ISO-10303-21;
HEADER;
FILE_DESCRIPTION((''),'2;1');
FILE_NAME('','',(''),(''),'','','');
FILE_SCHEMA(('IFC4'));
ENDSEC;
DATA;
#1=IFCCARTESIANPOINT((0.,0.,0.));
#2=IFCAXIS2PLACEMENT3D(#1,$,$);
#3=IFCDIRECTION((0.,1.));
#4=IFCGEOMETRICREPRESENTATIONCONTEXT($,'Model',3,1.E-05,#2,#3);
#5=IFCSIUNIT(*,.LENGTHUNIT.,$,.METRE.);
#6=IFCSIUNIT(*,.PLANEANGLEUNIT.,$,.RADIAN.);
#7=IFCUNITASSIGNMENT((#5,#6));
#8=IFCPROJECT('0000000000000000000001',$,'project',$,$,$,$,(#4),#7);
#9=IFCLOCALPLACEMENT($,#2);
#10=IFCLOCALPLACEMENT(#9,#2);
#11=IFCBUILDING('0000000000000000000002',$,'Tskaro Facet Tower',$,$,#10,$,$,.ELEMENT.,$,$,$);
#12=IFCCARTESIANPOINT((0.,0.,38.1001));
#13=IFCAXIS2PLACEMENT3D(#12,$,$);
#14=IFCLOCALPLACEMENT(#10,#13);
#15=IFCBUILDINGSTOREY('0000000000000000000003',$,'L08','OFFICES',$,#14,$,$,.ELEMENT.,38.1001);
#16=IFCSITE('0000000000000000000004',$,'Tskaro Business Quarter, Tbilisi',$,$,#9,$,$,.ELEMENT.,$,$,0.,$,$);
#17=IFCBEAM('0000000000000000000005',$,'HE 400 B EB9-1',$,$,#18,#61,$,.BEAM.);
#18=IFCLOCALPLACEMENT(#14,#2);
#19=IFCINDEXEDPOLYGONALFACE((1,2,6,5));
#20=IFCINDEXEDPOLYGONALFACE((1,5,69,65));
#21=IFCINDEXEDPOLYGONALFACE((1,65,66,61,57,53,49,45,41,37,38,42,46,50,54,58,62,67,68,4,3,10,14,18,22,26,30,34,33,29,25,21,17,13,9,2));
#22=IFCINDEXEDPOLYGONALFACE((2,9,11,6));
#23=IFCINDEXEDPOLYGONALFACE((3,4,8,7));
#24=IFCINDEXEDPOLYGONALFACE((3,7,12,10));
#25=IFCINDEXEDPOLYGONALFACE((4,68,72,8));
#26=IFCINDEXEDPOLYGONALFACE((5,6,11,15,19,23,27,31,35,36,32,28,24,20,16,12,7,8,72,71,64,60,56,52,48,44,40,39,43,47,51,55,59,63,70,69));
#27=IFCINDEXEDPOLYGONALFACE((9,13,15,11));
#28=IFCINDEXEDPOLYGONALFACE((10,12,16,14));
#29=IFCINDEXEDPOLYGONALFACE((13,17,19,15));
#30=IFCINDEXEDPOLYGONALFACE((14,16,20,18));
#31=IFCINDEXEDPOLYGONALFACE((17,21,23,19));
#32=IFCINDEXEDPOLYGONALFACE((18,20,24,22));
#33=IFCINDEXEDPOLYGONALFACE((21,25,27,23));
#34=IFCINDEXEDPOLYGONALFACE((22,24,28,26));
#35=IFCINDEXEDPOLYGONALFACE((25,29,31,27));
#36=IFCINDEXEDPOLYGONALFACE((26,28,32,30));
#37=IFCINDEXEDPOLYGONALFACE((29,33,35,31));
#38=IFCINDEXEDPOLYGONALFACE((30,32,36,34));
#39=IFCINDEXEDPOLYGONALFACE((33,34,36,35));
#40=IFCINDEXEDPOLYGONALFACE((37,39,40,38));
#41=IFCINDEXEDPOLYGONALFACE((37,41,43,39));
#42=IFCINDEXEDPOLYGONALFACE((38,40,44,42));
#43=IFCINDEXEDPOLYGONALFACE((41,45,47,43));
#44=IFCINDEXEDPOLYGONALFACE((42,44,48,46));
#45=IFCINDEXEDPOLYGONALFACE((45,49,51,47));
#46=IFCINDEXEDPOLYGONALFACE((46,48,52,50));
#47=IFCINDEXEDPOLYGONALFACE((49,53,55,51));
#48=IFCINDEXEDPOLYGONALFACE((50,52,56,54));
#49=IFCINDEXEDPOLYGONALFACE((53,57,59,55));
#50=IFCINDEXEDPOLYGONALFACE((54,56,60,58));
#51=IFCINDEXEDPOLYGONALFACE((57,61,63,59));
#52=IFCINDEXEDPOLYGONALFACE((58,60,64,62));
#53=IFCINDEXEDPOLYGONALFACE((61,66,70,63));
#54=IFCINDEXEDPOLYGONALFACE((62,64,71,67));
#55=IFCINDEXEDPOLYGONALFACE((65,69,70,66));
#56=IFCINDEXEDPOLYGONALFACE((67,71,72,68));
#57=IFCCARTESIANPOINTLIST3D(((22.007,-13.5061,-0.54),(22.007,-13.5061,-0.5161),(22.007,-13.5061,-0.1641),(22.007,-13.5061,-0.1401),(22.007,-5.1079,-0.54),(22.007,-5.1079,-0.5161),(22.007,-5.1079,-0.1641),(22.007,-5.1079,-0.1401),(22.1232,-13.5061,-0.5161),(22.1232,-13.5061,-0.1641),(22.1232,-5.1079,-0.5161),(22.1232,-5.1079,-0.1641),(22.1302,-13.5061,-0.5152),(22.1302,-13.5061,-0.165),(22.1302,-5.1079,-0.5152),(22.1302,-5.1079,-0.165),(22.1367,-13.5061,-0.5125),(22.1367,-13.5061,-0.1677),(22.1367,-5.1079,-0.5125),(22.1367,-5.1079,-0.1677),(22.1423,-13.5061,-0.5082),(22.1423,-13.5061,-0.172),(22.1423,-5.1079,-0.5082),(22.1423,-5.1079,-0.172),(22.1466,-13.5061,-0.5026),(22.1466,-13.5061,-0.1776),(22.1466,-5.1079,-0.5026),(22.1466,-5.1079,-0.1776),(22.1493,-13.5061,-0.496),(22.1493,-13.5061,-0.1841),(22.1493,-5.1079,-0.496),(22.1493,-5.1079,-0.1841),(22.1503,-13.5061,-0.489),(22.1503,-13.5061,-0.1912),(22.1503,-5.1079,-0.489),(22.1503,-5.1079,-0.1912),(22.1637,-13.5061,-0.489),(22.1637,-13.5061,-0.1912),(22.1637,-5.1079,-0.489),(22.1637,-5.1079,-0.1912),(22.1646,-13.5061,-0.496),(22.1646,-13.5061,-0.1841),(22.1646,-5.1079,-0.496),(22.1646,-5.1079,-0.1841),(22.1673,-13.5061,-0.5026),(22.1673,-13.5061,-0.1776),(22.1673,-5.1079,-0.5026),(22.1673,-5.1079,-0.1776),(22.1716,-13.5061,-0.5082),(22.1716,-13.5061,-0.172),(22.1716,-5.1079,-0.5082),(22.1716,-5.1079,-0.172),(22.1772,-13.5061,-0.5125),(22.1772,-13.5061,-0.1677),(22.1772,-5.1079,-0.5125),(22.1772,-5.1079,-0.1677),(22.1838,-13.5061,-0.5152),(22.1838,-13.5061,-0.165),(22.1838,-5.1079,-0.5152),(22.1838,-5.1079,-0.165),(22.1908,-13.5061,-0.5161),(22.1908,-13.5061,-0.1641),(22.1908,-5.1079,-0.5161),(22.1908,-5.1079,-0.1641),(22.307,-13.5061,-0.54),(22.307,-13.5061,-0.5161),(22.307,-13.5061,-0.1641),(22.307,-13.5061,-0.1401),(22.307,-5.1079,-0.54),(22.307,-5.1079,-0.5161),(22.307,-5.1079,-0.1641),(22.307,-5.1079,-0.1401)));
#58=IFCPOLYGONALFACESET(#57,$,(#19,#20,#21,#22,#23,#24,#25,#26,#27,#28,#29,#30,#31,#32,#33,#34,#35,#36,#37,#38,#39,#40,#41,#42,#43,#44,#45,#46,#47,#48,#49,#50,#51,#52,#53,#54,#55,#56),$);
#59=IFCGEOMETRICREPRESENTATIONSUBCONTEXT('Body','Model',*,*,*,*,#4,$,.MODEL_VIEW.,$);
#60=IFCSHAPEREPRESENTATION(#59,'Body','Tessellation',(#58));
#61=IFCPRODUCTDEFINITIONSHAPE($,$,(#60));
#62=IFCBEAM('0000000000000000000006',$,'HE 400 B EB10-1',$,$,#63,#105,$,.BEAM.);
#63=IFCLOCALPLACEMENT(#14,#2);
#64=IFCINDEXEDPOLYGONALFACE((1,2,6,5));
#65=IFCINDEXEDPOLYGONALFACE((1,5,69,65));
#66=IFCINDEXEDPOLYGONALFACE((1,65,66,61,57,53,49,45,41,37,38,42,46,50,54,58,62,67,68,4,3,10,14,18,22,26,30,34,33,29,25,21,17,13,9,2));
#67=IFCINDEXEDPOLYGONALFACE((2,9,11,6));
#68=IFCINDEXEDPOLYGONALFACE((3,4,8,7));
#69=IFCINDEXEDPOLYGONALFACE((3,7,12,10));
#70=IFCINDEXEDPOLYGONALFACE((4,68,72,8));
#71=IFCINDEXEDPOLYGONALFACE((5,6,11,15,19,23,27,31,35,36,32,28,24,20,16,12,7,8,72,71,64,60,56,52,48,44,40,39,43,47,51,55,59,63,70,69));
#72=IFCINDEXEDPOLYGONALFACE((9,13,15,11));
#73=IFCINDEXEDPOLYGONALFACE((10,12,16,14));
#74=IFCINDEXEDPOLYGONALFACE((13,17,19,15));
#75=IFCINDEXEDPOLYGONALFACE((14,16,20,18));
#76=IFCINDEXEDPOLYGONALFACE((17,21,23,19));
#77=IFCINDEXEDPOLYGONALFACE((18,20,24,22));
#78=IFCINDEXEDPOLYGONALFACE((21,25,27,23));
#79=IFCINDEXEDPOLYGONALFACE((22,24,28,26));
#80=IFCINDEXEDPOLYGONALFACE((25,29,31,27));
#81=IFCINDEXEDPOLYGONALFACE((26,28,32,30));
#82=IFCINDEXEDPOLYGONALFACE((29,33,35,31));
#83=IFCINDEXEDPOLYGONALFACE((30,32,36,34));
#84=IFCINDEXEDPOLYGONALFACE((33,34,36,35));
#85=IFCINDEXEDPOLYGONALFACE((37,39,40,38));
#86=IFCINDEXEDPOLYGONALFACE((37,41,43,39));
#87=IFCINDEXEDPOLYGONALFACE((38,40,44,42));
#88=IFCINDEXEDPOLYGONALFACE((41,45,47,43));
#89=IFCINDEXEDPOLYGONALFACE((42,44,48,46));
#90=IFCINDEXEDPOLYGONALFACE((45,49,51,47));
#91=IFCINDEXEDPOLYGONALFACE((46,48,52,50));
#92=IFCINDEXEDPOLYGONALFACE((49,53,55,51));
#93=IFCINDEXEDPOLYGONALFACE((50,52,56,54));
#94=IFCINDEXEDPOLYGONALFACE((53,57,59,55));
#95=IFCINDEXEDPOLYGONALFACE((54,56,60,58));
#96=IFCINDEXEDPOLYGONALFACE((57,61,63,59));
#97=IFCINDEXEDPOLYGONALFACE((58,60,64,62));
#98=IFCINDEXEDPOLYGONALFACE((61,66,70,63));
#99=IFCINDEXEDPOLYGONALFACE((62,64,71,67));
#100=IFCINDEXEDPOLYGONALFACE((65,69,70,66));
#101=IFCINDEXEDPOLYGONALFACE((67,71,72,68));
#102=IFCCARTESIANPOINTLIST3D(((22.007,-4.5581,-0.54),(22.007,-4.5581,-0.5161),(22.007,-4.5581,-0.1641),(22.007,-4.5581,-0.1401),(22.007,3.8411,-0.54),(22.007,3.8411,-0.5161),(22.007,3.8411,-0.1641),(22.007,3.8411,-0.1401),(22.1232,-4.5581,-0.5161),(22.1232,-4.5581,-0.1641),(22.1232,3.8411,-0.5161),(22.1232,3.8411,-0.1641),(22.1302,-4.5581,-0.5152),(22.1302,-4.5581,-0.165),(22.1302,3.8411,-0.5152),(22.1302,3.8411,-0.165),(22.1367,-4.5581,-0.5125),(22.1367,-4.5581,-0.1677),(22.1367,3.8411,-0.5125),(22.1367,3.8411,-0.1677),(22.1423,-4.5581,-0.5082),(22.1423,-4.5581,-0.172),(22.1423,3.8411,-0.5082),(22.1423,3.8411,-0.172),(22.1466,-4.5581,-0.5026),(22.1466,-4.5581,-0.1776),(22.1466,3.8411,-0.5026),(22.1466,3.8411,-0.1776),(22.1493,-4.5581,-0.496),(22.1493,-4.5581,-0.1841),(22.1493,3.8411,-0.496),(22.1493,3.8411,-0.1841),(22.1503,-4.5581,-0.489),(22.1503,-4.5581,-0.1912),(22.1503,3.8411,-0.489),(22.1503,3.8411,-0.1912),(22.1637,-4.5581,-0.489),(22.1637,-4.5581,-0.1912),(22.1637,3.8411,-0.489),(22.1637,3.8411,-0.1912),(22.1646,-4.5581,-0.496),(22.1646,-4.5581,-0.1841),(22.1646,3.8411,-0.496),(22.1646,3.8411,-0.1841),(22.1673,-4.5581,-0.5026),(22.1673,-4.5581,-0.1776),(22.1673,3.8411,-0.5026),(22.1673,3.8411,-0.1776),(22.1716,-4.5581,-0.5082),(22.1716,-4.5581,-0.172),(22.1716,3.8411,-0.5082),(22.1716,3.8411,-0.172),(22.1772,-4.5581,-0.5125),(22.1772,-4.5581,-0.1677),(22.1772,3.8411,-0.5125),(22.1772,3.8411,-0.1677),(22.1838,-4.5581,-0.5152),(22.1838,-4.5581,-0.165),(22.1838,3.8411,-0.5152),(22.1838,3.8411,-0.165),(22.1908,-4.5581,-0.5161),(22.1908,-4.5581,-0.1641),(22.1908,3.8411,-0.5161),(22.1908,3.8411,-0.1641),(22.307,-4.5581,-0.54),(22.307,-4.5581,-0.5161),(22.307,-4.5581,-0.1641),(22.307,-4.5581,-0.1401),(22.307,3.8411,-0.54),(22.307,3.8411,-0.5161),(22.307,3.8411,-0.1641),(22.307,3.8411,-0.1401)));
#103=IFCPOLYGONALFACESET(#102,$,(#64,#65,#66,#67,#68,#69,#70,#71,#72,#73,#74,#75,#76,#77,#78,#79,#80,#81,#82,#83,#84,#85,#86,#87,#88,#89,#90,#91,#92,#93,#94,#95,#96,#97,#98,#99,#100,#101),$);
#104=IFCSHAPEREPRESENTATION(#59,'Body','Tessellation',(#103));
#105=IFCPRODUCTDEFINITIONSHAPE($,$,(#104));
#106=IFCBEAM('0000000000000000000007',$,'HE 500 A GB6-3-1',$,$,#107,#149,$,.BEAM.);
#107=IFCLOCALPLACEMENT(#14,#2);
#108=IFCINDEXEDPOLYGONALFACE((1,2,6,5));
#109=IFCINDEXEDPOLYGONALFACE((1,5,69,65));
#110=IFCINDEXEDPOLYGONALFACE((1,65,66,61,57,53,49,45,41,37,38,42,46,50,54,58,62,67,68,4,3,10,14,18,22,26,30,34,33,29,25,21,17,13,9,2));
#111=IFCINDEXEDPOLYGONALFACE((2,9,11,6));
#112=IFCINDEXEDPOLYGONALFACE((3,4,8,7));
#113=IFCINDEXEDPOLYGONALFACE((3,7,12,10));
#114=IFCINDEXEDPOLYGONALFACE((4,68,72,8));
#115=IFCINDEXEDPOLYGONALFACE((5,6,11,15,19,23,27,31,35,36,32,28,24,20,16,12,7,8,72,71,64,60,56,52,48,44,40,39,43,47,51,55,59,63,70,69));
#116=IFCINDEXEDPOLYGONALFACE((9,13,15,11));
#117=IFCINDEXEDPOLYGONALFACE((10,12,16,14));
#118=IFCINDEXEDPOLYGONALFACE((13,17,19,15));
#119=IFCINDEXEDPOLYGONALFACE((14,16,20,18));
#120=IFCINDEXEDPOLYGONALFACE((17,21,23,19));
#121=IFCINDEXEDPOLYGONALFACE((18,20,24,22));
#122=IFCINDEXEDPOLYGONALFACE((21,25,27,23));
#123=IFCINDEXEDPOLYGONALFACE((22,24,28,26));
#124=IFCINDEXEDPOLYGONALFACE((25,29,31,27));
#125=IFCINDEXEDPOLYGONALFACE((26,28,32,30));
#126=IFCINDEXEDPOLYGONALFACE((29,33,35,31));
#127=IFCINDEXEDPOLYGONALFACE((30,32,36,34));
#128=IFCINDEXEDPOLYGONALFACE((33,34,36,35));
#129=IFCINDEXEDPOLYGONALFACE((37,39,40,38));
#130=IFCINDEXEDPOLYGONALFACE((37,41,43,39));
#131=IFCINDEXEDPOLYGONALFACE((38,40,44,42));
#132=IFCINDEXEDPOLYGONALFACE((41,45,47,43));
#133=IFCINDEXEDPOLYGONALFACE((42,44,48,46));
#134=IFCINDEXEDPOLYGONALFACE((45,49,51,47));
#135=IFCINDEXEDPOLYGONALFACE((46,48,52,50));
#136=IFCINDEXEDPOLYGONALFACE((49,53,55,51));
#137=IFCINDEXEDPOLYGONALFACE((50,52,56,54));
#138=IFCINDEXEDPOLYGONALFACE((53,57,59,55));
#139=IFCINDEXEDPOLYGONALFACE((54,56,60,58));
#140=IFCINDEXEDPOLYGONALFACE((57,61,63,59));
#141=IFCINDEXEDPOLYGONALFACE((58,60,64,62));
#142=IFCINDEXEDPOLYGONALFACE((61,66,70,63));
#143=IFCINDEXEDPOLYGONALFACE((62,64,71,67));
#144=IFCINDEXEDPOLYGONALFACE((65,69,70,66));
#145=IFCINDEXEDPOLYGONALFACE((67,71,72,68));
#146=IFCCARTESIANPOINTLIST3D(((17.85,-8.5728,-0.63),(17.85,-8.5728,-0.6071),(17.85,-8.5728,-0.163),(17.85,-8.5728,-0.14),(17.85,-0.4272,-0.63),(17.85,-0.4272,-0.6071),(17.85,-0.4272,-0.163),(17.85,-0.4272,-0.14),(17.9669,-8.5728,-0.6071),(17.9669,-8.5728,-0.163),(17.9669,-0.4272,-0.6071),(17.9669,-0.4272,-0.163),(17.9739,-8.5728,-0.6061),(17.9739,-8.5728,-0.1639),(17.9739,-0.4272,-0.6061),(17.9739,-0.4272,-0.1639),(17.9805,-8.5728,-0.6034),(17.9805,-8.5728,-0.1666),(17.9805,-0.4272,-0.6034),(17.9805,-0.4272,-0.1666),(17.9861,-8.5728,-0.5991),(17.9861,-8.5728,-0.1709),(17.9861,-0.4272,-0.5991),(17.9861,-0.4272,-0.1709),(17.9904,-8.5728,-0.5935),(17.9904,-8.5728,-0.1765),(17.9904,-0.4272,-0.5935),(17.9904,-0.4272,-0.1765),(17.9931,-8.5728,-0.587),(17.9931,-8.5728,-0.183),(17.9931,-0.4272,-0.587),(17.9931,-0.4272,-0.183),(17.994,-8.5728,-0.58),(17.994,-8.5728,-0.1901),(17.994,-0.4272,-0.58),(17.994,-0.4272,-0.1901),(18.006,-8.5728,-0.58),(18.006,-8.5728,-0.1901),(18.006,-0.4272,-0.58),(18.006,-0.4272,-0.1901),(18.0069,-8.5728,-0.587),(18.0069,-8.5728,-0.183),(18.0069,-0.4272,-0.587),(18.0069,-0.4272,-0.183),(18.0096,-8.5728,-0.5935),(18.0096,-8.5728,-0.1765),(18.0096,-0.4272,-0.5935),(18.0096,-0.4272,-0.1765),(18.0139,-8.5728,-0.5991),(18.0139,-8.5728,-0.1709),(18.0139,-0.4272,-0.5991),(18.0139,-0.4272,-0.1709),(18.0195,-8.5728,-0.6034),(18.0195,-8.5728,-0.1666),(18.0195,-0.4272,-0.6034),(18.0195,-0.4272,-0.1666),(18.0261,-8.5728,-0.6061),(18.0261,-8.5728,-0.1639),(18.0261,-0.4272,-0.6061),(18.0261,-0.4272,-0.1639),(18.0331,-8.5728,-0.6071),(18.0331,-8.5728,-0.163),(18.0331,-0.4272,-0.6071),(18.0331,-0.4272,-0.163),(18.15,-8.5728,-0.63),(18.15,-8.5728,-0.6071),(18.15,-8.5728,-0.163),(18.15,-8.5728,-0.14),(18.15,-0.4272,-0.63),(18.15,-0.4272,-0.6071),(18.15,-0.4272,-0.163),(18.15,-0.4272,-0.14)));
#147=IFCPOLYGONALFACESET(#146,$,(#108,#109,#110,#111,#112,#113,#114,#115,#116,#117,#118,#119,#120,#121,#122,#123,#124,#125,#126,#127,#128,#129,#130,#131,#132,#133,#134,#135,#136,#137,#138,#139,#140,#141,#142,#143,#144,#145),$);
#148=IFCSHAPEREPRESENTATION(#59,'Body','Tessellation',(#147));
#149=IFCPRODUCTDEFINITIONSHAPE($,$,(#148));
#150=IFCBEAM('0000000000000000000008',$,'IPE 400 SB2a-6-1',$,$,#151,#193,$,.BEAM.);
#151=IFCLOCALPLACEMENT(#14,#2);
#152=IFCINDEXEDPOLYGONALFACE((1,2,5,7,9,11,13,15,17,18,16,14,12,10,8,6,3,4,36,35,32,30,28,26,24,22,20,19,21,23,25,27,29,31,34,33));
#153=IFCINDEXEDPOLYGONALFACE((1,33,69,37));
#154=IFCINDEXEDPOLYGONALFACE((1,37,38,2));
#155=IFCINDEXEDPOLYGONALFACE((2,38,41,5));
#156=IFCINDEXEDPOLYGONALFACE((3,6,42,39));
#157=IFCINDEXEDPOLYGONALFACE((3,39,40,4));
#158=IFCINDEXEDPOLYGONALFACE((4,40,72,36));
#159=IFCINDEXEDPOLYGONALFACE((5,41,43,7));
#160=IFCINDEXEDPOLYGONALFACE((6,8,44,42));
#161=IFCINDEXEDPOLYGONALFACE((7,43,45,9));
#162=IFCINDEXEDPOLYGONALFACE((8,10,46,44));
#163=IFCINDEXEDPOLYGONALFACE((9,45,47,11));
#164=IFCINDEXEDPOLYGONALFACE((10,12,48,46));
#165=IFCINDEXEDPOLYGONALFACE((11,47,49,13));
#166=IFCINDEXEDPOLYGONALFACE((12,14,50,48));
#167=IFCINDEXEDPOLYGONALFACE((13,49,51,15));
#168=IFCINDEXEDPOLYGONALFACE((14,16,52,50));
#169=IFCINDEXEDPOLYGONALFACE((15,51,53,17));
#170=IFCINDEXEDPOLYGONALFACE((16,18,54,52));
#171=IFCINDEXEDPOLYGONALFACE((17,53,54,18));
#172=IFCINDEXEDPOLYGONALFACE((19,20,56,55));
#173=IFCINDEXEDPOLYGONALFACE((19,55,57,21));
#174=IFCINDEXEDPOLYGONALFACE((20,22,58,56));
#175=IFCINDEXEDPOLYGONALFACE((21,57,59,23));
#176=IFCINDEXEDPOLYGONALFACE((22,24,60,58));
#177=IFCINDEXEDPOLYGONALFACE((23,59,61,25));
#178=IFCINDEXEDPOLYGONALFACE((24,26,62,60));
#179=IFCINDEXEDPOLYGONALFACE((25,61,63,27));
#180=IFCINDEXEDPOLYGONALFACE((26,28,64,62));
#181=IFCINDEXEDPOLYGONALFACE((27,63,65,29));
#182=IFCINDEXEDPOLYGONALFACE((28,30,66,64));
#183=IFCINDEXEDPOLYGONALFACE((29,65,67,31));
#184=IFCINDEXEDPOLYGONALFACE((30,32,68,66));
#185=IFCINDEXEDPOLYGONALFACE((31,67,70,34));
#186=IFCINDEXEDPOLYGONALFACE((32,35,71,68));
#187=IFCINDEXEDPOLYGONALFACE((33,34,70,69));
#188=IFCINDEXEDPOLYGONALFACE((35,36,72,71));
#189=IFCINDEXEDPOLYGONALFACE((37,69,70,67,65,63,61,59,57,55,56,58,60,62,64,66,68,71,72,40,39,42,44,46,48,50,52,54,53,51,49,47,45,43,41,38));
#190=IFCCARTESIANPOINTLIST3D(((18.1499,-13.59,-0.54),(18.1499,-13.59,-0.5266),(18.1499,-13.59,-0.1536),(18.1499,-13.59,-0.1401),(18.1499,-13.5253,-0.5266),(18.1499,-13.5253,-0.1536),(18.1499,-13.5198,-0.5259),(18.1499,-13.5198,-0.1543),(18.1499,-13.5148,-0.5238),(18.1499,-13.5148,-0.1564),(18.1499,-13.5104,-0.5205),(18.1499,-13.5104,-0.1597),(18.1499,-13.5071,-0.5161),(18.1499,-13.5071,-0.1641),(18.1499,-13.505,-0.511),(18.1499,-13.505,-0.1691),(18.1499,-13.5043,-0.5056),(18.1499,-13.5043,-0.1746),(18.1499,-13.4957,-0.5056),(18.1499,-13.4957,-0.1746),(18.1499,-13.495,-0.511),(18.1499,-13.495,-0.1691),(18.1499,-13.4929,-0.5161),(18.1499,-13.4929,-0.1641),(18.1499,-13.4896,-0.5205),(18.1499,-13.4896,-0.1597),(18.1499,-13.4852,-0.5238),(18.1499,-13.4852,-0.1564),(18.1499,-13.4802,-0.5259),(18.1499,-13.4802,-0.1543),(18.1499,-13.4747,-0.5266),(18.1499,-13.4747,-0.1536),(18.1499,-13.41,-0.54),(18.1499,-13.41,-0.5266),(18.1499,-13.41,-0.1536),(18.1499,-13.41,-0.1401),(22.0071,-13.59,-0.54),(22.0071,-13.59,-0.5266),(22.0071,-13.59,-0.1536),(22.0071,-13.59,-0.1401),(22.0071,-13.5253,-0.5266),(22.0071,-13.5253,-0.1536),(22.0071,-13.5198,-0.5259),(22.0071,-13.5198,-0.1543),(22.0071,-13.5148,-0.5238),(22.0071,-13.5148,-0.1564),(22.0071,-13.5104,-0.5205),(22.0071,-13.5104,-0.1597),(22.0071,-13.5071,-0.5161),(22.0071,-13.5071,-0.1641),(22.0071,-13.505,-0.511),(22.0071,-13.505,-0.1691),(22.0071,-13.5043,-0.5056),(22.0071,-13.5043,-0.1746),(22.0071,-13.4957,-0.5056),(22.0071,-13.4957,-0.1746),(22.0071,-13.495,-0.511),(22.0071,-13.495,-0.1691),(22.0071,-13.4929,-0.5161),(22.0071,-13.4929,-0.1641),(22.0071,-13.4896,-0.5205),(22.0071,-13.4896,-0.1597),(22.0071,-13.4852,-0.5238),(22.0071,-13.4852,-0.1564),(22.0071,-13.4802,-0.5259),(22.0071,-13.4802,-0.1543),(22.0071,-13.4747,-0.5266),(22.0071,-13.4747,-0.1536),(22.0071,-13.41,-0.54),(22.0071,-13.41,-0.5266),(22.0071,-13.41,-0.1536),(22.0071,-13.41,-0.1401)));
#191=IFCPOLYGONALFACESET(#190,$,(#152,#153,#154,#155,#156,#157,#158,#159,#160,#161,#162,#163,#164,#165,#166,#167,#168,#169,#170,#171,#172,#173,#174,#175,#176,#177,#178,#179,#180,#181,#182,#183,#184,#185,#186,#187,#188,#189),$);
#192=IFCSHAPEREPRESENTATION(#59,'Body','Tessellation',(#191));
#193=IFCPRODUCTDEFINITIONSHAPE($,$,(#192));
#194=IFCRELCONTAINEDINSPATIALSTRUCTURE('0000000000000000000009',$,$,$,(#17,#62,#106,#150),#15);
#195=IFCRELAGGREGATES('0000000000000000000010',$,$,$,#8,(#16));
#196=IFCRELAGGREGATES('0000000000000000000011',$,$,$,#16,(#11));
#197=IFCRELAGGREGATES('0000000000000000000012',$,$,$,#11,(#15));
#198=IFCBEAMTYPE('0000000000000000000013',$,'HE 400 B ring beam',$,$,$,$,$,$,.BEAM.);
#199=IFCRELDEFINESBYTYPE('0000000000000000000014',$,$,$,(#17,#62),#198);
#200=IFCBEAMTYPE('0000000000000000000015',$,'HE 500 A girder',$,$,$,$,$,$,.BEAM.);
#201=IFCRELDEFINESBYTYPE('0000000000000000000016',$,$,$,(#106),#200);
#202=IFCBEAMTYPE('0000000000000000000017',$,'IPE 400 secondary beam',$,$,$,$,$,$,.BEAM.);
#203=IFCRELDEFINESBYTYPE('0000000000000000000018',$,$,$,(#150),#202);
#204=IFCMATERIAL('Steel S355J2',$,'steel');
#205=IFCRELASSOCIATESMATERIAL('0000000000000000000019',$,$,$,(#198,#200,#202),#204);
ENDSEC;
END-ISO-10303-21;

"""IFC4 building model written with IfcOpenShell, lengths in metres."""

from ifc_helpers import new_model, si_unit, direction, frame, origin, origin_2d, place, context, subcontext, project, spatial, i_section, extrude, material, material_profile, profile_set, type_object, element, save


model = new_model("IFC4")

# Units and contexts
model_context = context("Model", 3, precision=1e-05, world=origin(), true_north=direction((0.0, 1.0)))
body_context = subcontext(model_context, "Body", "Model", "MODEL_VIEW")
ifc_project = project(units=[si_unit("LENGTHUNIT", "METRE"), si_unit("PLANEANGLEUNIT", "RADIAN")], contexts=[model_context])

# Site, building, storey
site_placement = place(None, origin())
site = spatial("IfcSite", under=ifc_project, at=site_placement, Name="Tskaro Business Quarter, Tbilisi", CompositionType="ELEMENT", RefElevation=0.0)
building_placement = place(site_placement, origin())
building = spatial("IfcBuilding", under=site, at=building_placement, Name="Tskaro Facet Tower", CompositionType="ELEMENT")
storey_placement = place(building_placement, frame((0.0, 0.0, 38.1001)))
storey = spatial("IfcBuildingStorey", under=building, at=storey_placement, Name="L08", Description="OFFICES", CompositionType="ELEMENT", Elevation=38.1001)

# Beams
ifc_material_1 = material(Name="Steel S355J2", Category="steel")
ifc_material_profile_1 = material_profile(ifc_material_1, i_section(OverallWidth=0.3, OverallDepth=0.3999, WebThickness=0.0134, FlangeThickness=0.0239, FilletRadius=0.0271, at=origin_2d()), Name="HE 400 B")
ifc_profile_set_1 = profile_set([ifc_material_profile_1], Name="Steel S355J2")
beam_type_1 = type_object("IfcBeamType", Name="HE 400 B ring beam", PredefinedType="BEAM", material=ifc_profile_set_1)
beam_1_placement = place(storey_placement, frame((22.157, -13.5061, -0.3401), z_axis=(0.0, 1.0, 0.0), x_axis=(-1.0, 0.0, 0.0)))
element("IfcBeam", 1, at=beam_1_placement, inside=storey, type_object=beam_type_1, Name="HE 400 B EB9-1", PredefinedType="BEAM", context=body_context, shape_type="SweptSolid", body=[
    extrude(i_section(OverallWidth=0.3, OverallDepth=0.3999, WebThickness=0.0134, FlangeThickness=0.0239, FilletRadius=0.0271, at=origin_2d()), origin(), (0.0, 0.0, 1.0), 8.3982),
])
beam_2_placement = place(storey_placement, frame((22.157, -4.5581, -0.3401), z_axis=(0.0, 1.0, 0.0), x_axis=(-1.0, 0.0, 0.0)))
element("IfcBeam", 2, at=beam_2_placement, inside=storey, type_object=beam_type_1, Name="HE 400 B EB10-1", PredefinedType="BEAM", context=body_context, shape_type="SweptSolid", body=[
    extrude(i_section(OverallWidth=0.3, OverallDepth=0.3999, WebThickness=0.0134, FlangeThickness=0.0239, FilletRadius=0.0271, at=origin_2d()), origin(), (0.0, 0.0, 1.0), 8.3992),
])
ifc_material_profile_2 = material_profile(ifc_material_1, i_section(OverallWidth=0.3, OverallDepth=0.49, WebThickness=0.012, FlangeThickness=0.0229, FilletRadius=0.0271, at=origin_2d()), Name="HE 500 A")
ifc_profile_set_2 = profile_set([ifc_material_profile_2], Name="Steel S355J2")
beam_type_2 = type_object("IfcBeamType", Name="HE 500 A girder", PredefinedType="BEAM", material=ifc_profile_set_2)
beam_3_placement = place(storey_placement, frame((18.0, -8.5728, -0.385), z_axis=(0.0, 1.0, 0.0), x_axis=(-1.0, 0.0, 0.0)))
element("IfcBeam", 3, at=beam_3_placement, inside=storey, type_object=beam_type_2, Name="HE 500 A GB6-3-1", PredefinedType="BEAM", context=body_context, shape_type="SweptSolid", body=[
    extrude(i_section(OverallWidth=0.3, OverallDepth=0.49, WebThickness=0.012, FlangeThickness=0.0229, FilletRadius=0.0271, at=origin_2d()), origin(), (0.0, 0.0, 1.0), 8.1455),
])
ifc_material_profile_3 = material_profile(ifc_material_1, i_section(OverallWidth=0.1799, OverallDepth=0.3999, WebThickness=0.0085, FlangeThickness=0.0134, FilletRadius=0.021, at=origin_2d()), Name="IPE 400")
ifc_profile_set_3 = profile_set([ifc_material_profile_3], Name="Steel S355J2")
beam_type_3 = type_object("IfcBeamType", Name="IPE 400 secondary beam", PredefinedType="BEAM", material=ifc_profile_set_3)
for number, where, z_axis, x_axis, name in (
    (4, (18.1499, -13.5, -0.3401), (1.0, 0.0, 0.0), (0.0, 1.0, 0.0), "IPE 400 SB2a-6-1"),
):
    element("IfcBeam", number, at=place(storey_placement, frame(where, z_axis=z_axis, x_axis=x_axis)), inside=storey, type_object=beam_type_3, Name=name, PredefinedType="BEAM", context=body_context, shape_type="SweptSolid", body=[
        extrude(i_section(OverallWidth=0.1799, OverallDepth=0.3999, WebThickness=0.0085, FlangeThickness=0.0134, FilletRadius=0.021, at=origin_2d()), origin(), (0.0, 0.0, 1.0), 3.8572),
    ])

save(model, "model.ifc")
